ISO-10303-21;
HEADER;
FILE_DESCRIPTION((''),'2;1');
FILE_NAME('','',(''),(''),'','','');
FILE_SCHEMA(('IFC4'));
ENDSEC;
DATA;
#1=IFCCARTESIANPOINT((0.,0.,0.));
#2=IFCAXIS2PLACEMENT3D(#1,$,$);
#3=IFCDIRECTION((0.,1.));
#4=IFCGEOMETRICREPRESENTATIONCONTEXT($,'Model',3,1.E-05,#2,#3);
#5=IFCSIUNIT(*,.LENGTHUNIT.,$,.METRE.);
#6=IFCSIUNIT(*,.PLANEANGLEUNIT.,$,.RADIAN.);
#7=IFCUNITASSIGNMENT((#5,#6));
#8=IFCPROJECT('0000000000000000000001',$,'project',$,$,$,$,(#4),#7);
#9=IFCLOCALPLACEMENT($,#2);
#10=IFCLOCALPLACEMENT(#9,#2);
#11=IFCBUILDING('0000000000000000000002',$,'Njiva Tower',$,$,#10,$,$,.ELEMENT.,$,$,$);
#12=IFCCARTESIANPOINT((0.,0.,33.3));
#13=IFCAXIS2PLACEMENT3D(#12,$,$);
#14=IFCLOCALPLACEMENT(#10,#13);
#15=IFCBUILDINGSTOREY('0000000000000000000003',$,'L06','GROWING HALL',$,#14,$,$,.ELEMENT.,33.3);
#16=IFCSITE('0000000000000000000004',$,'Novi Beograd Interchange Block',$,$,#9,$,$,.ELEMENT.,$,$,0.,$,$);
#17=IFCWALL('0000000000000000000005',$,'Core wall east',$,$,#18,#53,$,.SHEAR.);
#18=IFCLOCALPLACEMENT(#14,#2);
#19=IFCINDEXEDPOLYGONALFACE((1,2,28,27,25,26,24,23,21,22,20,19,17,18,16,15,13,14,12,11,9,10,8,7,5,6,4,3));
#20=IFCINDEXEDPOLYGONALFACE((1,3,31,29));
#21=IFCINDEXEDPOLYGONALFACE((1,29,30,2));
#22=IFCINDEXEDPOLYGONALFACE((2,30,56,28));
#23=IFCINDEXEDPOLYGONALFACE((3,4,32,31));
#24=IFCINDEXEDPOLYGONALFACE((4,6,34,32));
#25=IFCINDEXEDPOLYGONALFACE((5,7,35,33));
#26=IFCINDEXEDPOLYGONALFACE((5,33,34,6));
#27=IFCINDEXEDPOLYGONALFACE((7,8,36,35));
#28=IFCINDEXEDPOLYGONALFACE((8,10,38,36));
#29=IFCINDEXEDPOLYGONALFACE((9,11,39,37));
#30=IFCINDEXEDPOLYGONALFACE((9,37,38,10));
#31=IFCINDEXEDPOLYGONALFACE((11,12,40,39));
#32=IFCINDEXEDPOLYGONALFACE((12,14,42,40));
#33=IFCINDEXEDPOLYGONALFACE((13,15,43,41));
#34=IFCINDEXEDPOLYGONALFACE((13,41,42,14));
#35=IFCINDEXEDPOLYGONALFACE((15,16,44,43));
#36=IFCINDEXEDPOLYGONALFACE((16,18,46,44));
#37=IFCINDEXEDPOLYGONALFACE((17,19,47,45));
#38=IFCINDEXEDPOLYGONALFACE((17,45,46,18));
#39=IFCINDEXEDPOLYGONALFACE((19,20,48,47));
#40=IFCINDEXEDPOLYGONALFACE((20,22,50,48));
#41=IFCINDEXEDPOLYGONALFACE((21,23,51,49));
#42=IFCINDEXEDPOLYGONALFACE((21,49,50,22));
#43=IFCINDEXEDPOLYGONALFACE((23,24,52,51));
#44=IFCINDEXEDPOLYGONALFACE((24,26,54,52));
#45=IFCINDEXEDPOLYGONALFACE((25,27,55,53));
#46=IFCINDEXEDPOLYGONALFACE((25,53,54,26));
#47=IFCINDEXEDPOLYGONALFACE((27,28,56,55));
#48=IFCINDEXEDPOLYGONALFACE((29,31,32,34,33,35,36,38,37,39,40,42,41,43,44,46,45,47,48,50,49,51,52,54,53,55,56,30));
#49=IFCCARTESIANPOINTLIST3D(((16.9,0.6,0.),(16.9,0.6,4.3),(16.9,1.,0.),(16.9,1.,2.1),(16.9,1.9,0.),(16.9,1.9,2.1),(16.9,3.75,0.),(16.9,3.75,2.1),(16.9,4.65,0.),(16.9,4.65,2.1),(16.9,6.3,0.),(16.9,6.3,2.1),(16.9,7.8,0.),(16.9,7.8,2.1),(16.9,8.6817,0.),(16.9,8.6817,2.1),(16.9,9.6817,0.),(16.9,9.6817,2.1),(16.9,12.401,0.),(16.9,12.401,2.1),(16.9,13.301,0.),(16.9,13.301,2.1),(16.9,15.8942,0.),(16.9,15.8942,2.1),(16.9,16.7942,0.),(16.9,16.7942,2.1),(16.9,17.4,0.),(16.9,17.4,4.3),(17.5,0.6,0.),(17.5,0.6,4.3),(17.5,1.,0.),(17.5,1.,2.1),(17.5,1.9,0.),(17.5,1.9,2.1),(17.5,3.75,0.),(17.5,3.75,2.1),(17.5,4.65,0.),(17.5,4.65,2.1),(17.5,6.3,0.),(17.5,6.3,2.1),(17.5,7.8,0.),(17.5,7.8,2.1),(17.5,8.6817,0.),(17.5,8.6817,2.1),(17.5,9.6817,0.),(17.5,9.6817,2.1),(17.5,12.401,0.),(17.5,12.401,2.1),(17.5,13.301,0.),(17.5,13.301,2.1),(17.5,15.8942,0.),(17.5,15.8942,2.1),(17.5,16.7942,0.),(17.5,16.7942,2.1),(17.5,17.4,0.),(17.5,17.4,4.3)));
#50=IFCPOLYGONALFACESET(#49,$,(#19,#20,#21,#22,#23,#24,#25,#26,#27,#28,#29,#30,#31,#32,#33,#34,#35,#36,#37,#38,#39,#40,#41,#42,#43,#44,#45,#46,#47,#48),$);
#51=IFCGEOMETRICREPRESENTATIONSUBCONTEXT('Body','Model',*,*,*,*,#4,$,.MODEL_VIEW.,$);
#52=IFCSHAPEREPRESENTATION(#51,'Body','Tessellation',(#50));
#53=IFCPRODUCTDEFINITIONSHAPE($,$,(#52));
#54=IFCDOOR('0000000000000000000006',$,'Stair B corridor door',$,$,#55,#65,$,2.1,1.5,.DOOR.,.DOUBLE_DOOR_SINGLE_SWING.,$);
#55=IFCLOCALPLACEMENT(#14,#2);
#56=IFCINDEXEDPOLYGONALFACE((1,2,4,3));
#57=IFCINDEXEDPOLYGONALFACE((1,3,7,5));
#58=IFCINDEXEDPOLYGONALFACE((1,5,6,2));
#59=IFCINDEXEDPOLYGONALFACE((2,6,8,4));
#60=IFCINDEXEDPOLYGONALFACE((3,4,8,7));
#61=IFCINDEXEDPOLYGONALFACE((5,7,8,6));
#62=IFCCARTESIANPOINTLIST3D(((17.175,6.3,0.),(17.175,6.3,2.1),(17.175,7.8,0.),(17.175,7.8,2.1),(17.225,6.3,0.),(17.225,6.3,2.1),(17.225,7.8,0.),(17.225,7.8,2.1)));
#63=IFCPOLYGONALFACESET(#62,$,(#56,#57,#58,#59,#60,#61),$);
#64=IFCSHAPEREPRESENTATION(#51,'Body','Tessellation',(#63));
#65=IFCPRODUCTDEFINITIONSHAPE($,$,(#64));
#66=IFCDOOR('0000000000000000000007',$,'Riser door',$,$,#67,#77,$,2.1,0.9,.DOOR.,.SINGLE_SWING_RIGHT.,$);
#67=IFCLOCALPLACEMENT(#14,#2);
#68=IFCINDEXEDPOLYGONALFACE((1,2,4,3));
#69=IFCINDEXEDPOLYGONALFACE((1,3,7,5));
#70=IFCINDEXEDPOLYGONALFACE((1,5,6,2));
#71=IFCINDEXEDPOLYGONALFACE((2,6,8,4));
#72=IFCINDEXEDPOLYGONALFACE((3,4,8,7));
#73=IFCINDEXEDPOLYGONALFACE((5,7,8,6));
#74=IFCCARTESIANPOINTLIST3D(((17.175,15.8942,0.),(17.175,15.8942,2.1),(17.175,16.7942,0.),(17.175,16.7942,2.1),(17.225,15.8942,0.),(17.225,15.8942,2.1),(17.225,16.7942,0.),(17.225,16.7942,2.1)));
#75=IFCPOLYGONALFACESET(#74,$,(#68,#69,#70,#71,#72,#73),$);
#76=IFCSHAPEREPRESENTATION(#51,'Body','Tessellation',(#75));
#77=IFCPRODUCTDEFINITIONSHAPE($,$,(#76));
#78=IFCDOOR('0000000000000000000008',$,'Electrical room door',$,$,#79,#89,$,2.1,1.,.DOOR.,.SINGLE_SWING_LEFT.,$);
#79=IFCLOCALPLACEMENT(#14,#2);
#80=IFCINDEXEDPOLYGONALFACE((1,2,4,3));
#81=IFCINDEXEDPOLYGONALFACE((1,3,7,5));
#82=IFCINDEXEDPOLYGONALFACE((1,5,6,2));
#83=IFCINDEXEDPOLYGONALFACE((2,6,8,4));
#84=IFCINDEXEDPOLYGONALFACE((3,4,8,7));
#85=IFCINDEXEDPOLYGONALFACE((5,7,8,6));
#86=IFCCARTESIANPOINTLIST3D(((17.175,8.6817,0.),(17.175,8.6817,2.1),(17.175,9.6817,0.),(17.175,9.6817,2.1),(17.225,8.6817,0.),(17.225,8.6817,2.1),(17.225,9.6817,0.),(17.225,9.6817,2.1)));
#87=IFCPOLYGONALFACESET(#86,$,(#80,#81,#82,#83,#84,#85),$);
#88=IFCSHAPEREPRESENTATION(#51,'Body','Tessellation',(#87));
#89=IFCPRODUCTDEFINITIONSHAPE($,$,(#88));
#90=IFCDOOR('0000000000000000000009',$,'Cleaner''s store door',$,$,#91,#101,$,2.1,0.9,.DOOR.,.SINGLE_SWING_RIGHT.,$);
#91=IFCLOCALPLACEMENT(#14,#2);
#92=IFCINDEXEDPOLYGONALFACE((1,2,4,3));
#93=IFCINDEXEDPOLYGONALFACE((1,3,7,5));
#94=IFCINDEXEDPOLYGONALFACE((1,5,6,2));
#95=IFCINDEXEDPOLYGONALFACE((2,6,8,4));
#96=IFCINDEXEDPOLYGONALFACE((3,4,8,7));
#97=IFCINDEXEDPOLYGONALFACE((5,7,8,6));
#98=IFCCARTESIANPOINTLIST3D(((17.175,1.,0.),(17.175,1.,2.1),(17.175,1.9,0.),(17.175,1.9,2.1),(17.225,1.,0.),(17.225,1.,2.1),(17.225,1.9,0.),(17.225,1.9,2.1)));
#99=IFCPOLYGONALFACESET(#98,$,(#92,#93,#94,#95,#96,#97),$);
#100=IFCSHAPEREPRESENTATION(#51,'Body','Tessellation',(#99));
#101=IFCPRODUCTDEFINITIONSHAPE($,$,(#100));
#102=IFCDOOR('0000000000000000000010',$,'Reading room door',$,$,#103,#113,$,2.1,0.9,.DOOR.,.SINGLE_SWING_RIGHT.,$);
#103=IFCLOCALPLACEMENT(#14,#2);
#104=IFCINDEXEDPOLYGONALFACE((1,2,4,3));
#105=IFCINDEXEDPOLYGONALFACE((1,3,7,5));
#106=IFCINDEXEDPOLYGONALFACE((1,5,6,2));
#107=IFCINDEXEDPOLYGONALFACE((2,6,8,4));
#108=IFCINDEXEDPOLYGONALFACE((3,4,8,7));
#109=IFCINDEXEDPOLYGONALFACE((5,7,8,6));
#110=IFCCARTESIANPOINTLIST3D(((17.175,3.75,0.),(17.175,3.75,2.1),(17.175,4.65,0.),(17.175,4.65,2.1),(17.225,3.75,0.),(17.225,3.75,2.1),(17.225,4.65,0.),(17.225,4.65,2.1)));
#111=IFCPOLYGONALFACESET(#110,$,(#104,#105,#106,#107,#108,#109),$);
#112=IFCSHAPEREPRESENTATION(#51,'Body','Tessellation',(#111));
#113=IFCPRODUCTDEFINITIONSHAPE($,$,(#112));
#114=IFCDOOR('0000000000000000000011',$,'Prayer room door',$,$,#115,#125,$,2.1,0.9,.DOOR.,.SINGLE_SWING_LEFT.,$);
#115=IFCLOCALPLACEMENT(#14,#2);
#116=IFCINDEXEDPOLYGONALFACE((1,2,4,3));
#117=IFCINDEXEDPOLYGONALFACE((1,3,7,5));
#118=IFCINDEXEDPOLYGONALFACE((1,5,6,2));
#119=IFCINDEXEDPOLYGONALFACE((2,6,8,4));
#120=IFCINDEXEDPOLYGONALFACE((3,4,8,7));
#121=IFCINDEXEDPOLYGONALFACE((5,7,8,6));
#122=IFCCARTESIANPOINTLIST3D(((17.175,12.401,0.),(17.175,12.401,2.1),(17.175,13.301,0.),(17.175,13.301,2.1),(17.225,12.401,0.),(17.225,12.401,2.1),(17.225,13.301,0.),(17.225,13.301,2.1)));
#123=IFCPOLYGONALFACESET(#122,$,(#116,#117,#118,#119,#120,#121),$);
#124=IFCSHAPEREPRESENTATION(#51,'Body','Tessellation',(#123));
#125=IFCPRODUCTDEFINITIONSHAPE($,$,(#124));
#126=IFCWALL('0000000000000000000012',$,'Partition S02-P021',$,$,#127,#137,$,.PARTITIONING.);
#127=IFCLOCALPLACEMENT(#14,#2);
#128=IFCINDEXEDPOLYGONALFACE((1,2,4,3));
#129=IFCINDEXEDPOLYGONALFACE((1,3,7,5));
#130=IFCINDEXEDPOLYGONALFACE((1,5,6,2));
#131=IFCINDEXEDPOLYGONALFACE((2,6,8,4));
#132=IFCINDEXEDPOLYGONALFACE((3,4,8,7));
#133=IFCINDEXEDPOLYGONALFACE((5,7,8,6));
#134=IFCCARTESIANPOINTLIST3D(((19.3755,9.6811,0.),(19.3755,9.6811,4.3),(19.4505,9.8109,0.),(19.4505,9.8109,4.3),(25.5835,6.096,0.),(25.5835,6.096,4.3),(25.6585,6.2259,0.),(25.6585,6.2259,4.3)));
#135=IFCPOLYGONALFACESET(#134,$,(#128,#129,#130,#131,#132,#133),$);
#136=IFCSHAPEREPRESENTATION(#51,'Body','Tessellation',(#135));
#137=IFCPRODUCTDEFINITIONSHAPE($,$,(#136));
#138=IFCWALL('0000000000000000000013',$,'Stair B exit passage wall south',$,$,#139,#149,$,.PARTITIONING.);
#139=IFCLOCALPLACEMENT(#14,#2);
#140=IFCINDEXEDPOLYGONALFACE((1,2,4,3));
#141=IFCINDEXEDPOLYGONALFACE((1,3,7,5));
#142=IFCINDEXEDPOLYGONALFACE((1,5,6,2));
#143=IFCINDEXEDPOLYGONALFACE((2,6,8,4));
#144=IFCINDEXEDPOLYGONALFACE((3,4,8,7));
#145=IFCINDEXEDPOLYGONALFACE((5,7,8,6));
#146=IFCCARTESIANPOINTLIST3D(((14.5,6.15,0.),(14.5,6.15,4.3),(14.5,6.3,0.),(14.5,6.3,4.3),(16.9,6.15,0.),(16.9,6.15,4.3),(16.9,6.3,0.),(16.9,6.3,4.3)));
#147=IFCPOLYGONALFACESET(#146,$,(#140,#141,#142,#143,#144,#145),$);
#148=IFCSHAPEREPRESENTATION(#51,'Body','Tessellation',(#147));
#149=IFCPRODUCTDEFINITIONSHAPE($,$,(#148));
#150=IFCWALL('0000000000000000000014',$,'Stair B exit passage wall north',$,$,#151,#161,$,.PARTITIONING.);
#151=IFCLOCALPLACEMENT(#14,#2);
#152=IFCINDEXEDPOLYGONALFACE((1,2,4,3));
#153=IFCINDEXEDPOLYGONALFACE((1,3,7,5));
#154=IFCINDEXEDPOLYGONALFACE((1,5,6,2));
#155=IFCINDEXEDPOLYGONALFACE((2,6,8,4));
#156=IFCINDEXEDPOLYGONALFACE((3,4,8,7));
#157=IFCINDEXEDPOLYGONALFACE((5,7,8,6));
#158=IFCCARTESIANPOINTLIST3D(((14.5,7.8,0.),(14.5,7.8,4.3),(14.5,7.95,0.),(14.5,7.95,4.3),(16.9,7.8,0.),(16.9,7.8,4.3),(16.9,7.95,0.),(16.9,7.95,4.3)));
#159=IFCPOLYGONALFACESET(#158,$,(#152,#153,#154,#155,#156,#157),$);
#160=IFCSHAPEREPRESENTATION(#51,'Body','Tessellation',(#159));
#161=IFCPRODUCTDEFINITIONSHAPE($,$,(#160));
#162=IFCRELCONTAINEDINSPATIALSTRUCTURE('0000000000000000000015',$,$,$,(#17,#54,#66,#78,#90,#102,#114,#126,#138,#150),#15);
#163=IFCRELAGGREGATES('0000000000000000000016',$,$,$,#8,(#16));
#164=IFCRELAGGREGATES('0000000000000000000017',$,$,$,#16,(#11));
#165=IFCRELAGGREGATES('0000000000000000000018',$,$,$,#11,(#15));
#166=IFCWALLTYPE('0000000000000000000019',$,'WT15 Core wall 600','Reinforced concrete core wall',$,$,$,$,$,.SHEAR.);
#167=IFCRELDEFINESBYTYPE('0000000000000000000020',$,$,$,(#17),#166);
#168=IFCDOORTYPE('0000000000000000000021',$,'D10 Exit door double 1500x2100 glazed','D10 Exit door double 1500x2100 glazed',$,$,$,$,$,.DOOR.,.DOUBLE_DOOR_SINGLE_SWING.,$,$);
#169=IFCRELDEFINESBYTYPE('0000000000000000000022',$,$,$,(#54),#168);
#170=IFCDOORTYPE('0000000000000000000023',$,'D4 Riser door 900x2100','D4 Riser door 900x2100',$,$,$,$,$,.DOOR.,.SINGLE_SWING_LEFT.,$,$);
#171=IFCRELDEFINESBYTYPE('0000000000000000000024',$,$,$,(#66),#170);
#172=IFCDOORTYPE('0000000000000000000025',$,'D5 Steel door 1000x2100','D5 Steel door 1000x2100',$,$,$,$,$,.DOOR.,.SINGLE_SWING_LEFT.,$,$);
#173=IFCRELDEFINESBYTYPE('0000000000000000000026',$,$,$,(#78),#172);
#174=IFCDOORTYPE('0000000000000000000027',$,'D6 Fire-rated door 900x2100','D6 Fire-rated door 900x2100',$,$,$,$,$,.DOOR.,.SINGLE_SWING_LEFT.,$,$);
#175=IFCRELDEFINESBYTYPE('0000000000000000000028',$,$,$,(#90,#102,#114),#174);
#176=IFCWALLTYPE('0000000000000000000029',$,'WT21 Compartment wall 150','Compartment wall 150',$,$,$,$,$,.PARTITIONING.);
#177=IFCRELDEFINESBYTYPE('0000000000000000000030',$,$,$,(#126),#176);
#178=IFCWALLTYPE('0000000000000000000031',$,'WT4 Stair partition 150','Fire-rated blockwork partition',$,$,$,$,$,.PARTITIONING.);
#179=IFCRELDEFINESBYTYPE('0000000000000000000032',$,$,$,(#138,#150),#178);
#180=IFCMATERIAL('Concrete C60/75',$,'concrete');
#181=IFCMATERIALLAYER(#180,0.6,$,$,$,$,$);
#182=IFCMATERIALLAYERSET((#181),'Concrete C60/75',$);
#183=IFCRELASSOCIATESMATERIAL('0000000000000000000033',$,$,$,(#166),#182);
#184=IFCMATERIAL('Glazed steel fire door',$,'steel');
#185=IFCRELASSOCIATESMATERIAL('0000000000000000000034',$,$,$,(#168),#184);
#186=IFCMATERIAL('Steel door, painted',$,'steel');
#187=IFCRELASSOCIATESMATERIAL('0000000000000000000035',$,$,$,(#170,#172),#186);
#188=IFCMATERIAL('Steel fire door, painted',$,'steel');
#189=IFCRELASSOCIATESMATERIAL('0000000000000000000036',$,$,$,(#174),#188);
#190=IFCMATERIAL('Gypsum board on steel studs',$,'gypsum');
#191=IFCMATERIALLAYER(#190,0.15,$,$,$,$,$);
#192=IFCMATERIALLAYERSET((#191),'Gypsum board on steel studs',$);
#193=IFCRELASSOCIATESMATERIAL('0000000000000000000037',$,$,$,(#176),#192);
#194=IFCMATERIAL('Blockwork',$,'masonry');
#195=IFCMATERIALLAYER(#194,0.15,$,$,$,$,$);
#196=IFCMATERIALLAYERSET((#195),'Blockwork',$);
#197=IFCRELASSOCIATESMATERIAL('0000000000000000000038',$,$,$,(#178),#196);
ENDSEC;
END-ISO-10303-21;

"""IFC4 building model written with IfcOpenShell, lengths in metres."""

from ifc_helpers import new_model, si_unit, direction, frame, frame_2d, origin, place, context, subcontext, project, spatial, rectangle, extrude, material, layer, layer_set, type_object, element, fill, save


model = new_model("IFC4")

# Units and contexts
model_context = context("Model", 3, precision=1e-05, world=origin(), true_north=direction((0.0, 1.0)))
body_context = subcontext(model_context, "Body", "Model", "MODEL_VIEW")
ifc_project = project(units=[si_unit("LENGTHUNIT", "METRE"), si_unit("PLANEANGLEUNIT", "RADIAN")], contexts=[model_context])

# Site, building, storey
site_placement = place(None, origin())
site = spatial("IfcSite", under=ifc_project, at=site_placement, Name="Novi Beograd Interchange Block", CompositionType="ELEMENT", RefElevation=0.0)
building_placement = place(site_placement, origin())
building = spatial("IfcBuilding", under=site, at=building_placement, Name="Njiva Tower", CompositionType="ELEMENT")
storey_placement = place(building_placement, frame((0.0, 0.0, 33.3)))
storey = spatial("IfcBuildingStorey", under=building, at=storey_placement, Name="L06", Description="GROWING HALL", CompositionType="ELEMENT", Elevation=33.3)

# Wall, openings, doors
ifc_material_1 = material(Name="Concrete C60/75", Category="concrete")
ifc_layer_1 = layer(ifc_material_1, 0.6)
ifc_layer_set_1 = layer_set([ifc_layer_1], Name="Concrete C60/75")
wall_type_1 = type_object("IfcWallType", Name="WT15 Core wall 600", Description="Reinforced concrete core wall", PredefinedType="SHEAR", material=ifc_layer_set_1)
wall_1_placement = place(storey_placement, frame((17.2, 0.6, 0.0), z_axis=(0.0, 0.0, 1.0), x_axis=(0.0, 1.0, 0.0)))
wall_1 = element("IfcWall", 1, at=wall_1_placement, inside=storey, type_object=wall_type_1, Name="Core wall east", PredefinedType="SHEAR", context=body_context, shape_type="SweptSolid", body=[
    extrude(rectangle(XDim=16.8, YDim=0.6, at=frame_2d((8.4, 0.0))), origin(), (0.0, 0.0, 1.0), 4.3),
])
opening_1_placement = place(wall_1_placement, frame((5.7, 0.0, 0.0)))
opening_1 = element("IfcOpeningElement", 2, at=opening_1_placement, cuts=wall_1, PredefinedType="OPENING", context=body_context, shape_type="SweptSolid", body=[
    extrude(rectangle(XDim=1.5, YDim=2.1, at=frame_2d((0.75, 1.05))), frame((0.0, 0.31, 0.0), z_axis=(0.0, -1.0, 0.0), x_axis=(1.0, 0.0, 0.0)), (0.0, 0.0, 1.0), 0.62),
])
opening_2_placement = place(wall_1_placement, frame((0.4, 0.0, 0.0)))
opening_2 = element("IfcOpeningElement", 3, at=opening_2_placement, cuts=wall_1, PredefinedType="OPENING", context=body_context, shape_type="SweptSolid", body=[
    extrude(rectangle(XDim=0.9, YDim=2.1, at=frame_2d((0.45, 1.05))), frame((0.0, 0.31, 0.0), z_axis=(0.0, -1.0, 0.0), x_axis=(1.0, 0.0, 0.0)), (0.0, 0.0, 1.0), 0.62),
])
opening_3_placement = place(wall_1_placement, frame((3.15, 0.0, 0.0)))
opening_3 = element("IfcOpeningElement", 4, at=opening_3_placement, cuts=wall_1, PredefinedType="OPENING", context=body_context, shape_type="SweptSolid", body=[
    extrude(rectangle(XDim=0.9, YDim=2.1, at=frame_2d((0.45, 1.05))), frame((0.0, 0.31, 0.0), z_axis=(0.0, -1.0, 0.0), x_axis=(1.0, 0.0, 0.0)), (0.0, 0.0, 1.0), 0.62),
])
opening_4_placement = place(wall_1_placement, frame((8.0817, 0.0, 0.0)))
opening_4 = element("IfcOpeningElement", 5, at=opening_4_placement, cuts=wall_1, PredefinedType="OPENING", context=body_context, shape_type="SweptSolid", body=[
    extrude(rectangle(XDim=1.0, YDim=2.1, at=frame_2d((0.5, 1.05))), frame((0.0, 0.31, 0.0), z_axis=(0.0, -1.0, 0.0), x_axis=(1.0, 0.0, 0.0)), (0.0, 0.0, 1.0), 0.62),
])
opening_5_placement = place(wall_1_placement, frame((11.801, 0.0, 0.0)))
opening_5 = element("IfcOpeningElement", 6, at=opening_5_placement, cuts=wall_1, PredefinedType="OPENING", context=body_context, shape_type="SweptSolid", body=[
    extrude(rectangle(XDim=0.9, YDim=2.1, at=frame_2d((0.45, 1.05))), frame((0.0, 0.31, 0.0), z_axis=(0.0, -1.0, 0.0), x_axis=(1.0, 0.0, 0.0)), (0.0, 0.0, 1.0), 0.62),
])
opening_6_placement = place(wall_1_placement, frame((15.2942, 0.0, 0.0)))
opening_6 = element("IfcOpeningElement", 7, at=opening_6_placement, cuts=wall_1, PredefinedType="OPENING", context=body_context, shape_type="SweptSolid", body=[
    extrude(rectangle(XDim=0.9, YDim=2.1, at=frame_2d((0.45, 1.05))), frame((0.0, 0.31, 0.0), z_axis=(0.0, -1.0, 0.0), x_axis=(1.0, 0.0, 0.0)), (0.0, 0.0, 1.0), 0.62),
])
ifc_material_2 = material(Name="Glazed steel fire door", Category="steel")
door_type_1 = type_object("IfcDoorType", Name="D10 Exit door double 1500x2100 glazed", Description="D10 Exit door double 1500x2100 glazed", OperationType="DOUBLE_DOOR_SINGLE_SWING", PredefinedType="DOOR", material=ifc_material_2)
door_1_placement = place(opening_1_placement, origin())
door_1 = element("IfcDoor", 8, at=door_1_placement, inside=storey, type_object=door_type_1, Name="Stair B corridor door", OperationType="DOUBLE_DOOR_SINGLE_SWING", OverallHeight=2.1, OverallWidth=1.5, PredefinedType="DOOR", context=body_context, shape_type="SweptSolid", body=[
    extrude(rectangle(XDim=1.5, YDim=2.1, at=frame_2d((0.75, 1.05))), frame((0.0, 0.025, 0.0), z_axis=(0.0, -1.0, 0.0), x_axis=(1.0, 0.0, 0.0)), (0.0, 0.0, 1.0), 0.05),
])
fill(opening_1, door_1)
ifc_material_3 = material(Name="Steel door, painted", Category="steel")
door_type_2 = type_object("IfcDoorType", Name="D4 Riser door 900x2100", Description="D4 Riser door 900x2100", OperationType="SINGLE_SWING_LEFT", PredefinedType="DOOR", material=ifc_material_3)
door_2_placement = place(opening_6_placement, origin())
door_2 = element("IfcDoor", 9, at=door_2_placement, inside=storey, type_object=door_type_2, Name="Riser door", OperationType="SINGLE_SWING_RIGHT", OverallHeight=2.1, OverallWidth=0.9, PredefinedType="DOOR", context=body_context, shape_type="SweptSolid", body=[
    extrude(rectangle(XDim=0.9, YDim=2.1, at=frame_2d((0.45, 1.05))), frame((0.0, 0.025, 0.0), z_axis=(0.0, -1.0, 0.0), x_axis=(1.0, 0.0, 0.0)), (0.0, 0.0, 1.0), 0.05),
])
fill(opening_6, door_2)
door_type_3 = type_object("IfcDoorType", Name="D5 Steel door 1000x2100", Description="D5 Steel door 1000x2100", OperationType="SINGLE_SWING_LEFT", PredefinedType="DOOR", material=ifc_material_3)
door_3_placement = place(opening_4_placement, origin())
door_3 = element("IfcDoor", 10, at=door_3_placement, inside=storey, type_object=door_type_3, Name="Electrical room door", OperationType="SINGLE_SWING_LEFT", OverallHeight=2.1, OverallWidth=1.0, PredefinedType="DOOR", context=body_context, shape_type="SweptSolid", body=[
    extrude(rectangle(XDim=1.0, YDim=2.1, at=frame_2d((0.5, 1.05))), frame((0.0, 0.025, 0.0), z_axis=(0.0, -1.0, 0.0), x_axis=(1.0, 0.0, 0.0)), (0.0, 0.0, 1.0), 0.05),
])
fill(opening_4, door_3)
ifc_material_4 = material(Name="Steel fire door, painted", Category="steel")
door_type_4 = type_object("IfcDoorType", Name="D6 Fire-rated door 900x2100", Description="D6 Fire-rated door 900x2100", OperationType="SINGLE_SWING_LEFT", PredefinedType="DOOR", material=ifc_material_4)
door_4_placement = place(opening_2_placement, origin())
door_4 = element("IfcDoor", 11, at=door_4_placement, inside=storey, type_object=door_type_4, Name="Cleaner's store door", OperationType="SINGLE_SWING_RIGHT", OverallHeight=2.1, OverallWidth=0.9, PredefinedType="DOOR", context=body_context, shape_type="SweptSolid", body=[
    extrude(rectangle(XDim=0.9, YDim=2.1, at=frame_2d((0.45, 1.05))), frame((0.0, 0.025, 0.0), z_axis=(0.0, -1.0, 0.0), x_axis=(1.0, 0.0, 0.0)), (0.0, 0.0, 1.0), 0.05),
])
fill(opening_2, door_4)
door_5_placement = place(opening_3_placement, origin())
door_5 = element("IfcDoor", 12, at=door_5_placement, inside=storey, type_object=door_type_4, Name="Reading room door", OperationType="SINGLE_SWING_RIGHT", OverallHeight=2.1, OverallWidth=0.9, PredefinedType="DOOR", context=body_context, shape_type="SweptSolid", body=[
    extrude(rectangle(XDim=0.9, YDim=2.1, at=frame_2d((0.45, 1.05))), frame((0.0, 0.025, 0.0), z_axis=(0.0, -1.0, 0.0), x_axis=(1.0, 0.0, 0.0)), (0.0, 0.0, 1.0), 0.05),
])
fill(opening_3, door_5)
door_6_placement = place(opening_5_placement, origin())
door_6 = element("IfcDoor", 13, at=door_6_placement, inside=storey, type_object=door_type_4, Name="Prayer room door", OperationType="SINGLE_SWING_LEFT", OverallHeight=2.1, OverallWidth=0.9, PredefinedType="DOOR", context=body_context, shape_type="SweptSolid", body=[
    extrude(rectangle(XDim=0.9, YDim=2.1, at=frame_2d((0.45, 1.05))), frame((0.0, 0.025, 0.0), z_axis=(0.0, -1.0, 0.0), x_axis=(1.0, 0.0, 0.0)), (0.0, 0.0, 1.0), 0.05),
])
fill(opening_5, door_6)

# Walls
ifc_material_5 = material(Name="Gypsum board on steel studs", Category="gypsum")
ifc_layer_2 = layer(ifc_material_5, 0.15)
ifc_layer_set_2 = layer_set([ifc_layer_2], Name="Gypsum board on steel studs")
wall_type_2 = type_object("IfcWallType", Name="WT21 Compartment wall 150", Description="Compartment wall 150", PredefinedType="PARTITIONING", material=ifc_layer_set_2)
wall_2_placement = place(storey_placement, frame((19.413, 9.746, 0.0), z_axis=(0.0, 0.0, 1.0), x_axis=(0.865977, -0.500085, 0.0)))
element("IfcWall", 14, at=wall_2_placement, inside=storey, type_object=wall_type_2, Name="Partition S02-P021", PredefinedType="PARTITIONING", context=body_context, shape_type="SweptSolid", body=[
    extrude(rectangle(XDim=7.1688, YDim=0.15, at=frame_2d((3.5844, 0.0))), origin(), (0.0, 0.0, 1.0), 4.3),
])
ifc_material_6 = material(Name="Blockwork", Category="masonry")
ifc_layer_3 = layer(ifc_material_6, 0.15)
ifc_layer_set_3 = layer_set([ifc_layer_3], Name="Blockwork")
wall_type_3 = type_object("IfcWallType", Name="WT4 Stair partition 150", Description="Fire-rated blockwork partition", PredefinedType="PARTITIONING", material=ifc_layer_set_3)
for number, where, z_axis, x_axis, name in (
    (15, (14.5, 6.225, 0.0), (0.0, 0.0, 1.0), (1.0, 0.0, 0.0), "Stair B exit passage wall south"),
    (16, (14.5, 7.875, 0.0), (0.0, 0.0, 1.0), (1.0, 0.0, 0.0), "Stair B exit passage wall north"),
):
    element("IfcWall", number, at=place(storey_placement, frame(where, z_axis=z_axis, x_axis=x_axis)), inside=storey, type_object=wall_type_3, Name=name, PredefinedType="PARTITIONING", context=body_context, shape_type="SweptSolid", body=[
        extrude(rectangle(XDim=2.4, YDim=0.15, at=frame_2d((1.2, 0.0))), origin(), (0.0, 0.0, 1.0), 4.3),
    ])

save(model, "model.ifc")
